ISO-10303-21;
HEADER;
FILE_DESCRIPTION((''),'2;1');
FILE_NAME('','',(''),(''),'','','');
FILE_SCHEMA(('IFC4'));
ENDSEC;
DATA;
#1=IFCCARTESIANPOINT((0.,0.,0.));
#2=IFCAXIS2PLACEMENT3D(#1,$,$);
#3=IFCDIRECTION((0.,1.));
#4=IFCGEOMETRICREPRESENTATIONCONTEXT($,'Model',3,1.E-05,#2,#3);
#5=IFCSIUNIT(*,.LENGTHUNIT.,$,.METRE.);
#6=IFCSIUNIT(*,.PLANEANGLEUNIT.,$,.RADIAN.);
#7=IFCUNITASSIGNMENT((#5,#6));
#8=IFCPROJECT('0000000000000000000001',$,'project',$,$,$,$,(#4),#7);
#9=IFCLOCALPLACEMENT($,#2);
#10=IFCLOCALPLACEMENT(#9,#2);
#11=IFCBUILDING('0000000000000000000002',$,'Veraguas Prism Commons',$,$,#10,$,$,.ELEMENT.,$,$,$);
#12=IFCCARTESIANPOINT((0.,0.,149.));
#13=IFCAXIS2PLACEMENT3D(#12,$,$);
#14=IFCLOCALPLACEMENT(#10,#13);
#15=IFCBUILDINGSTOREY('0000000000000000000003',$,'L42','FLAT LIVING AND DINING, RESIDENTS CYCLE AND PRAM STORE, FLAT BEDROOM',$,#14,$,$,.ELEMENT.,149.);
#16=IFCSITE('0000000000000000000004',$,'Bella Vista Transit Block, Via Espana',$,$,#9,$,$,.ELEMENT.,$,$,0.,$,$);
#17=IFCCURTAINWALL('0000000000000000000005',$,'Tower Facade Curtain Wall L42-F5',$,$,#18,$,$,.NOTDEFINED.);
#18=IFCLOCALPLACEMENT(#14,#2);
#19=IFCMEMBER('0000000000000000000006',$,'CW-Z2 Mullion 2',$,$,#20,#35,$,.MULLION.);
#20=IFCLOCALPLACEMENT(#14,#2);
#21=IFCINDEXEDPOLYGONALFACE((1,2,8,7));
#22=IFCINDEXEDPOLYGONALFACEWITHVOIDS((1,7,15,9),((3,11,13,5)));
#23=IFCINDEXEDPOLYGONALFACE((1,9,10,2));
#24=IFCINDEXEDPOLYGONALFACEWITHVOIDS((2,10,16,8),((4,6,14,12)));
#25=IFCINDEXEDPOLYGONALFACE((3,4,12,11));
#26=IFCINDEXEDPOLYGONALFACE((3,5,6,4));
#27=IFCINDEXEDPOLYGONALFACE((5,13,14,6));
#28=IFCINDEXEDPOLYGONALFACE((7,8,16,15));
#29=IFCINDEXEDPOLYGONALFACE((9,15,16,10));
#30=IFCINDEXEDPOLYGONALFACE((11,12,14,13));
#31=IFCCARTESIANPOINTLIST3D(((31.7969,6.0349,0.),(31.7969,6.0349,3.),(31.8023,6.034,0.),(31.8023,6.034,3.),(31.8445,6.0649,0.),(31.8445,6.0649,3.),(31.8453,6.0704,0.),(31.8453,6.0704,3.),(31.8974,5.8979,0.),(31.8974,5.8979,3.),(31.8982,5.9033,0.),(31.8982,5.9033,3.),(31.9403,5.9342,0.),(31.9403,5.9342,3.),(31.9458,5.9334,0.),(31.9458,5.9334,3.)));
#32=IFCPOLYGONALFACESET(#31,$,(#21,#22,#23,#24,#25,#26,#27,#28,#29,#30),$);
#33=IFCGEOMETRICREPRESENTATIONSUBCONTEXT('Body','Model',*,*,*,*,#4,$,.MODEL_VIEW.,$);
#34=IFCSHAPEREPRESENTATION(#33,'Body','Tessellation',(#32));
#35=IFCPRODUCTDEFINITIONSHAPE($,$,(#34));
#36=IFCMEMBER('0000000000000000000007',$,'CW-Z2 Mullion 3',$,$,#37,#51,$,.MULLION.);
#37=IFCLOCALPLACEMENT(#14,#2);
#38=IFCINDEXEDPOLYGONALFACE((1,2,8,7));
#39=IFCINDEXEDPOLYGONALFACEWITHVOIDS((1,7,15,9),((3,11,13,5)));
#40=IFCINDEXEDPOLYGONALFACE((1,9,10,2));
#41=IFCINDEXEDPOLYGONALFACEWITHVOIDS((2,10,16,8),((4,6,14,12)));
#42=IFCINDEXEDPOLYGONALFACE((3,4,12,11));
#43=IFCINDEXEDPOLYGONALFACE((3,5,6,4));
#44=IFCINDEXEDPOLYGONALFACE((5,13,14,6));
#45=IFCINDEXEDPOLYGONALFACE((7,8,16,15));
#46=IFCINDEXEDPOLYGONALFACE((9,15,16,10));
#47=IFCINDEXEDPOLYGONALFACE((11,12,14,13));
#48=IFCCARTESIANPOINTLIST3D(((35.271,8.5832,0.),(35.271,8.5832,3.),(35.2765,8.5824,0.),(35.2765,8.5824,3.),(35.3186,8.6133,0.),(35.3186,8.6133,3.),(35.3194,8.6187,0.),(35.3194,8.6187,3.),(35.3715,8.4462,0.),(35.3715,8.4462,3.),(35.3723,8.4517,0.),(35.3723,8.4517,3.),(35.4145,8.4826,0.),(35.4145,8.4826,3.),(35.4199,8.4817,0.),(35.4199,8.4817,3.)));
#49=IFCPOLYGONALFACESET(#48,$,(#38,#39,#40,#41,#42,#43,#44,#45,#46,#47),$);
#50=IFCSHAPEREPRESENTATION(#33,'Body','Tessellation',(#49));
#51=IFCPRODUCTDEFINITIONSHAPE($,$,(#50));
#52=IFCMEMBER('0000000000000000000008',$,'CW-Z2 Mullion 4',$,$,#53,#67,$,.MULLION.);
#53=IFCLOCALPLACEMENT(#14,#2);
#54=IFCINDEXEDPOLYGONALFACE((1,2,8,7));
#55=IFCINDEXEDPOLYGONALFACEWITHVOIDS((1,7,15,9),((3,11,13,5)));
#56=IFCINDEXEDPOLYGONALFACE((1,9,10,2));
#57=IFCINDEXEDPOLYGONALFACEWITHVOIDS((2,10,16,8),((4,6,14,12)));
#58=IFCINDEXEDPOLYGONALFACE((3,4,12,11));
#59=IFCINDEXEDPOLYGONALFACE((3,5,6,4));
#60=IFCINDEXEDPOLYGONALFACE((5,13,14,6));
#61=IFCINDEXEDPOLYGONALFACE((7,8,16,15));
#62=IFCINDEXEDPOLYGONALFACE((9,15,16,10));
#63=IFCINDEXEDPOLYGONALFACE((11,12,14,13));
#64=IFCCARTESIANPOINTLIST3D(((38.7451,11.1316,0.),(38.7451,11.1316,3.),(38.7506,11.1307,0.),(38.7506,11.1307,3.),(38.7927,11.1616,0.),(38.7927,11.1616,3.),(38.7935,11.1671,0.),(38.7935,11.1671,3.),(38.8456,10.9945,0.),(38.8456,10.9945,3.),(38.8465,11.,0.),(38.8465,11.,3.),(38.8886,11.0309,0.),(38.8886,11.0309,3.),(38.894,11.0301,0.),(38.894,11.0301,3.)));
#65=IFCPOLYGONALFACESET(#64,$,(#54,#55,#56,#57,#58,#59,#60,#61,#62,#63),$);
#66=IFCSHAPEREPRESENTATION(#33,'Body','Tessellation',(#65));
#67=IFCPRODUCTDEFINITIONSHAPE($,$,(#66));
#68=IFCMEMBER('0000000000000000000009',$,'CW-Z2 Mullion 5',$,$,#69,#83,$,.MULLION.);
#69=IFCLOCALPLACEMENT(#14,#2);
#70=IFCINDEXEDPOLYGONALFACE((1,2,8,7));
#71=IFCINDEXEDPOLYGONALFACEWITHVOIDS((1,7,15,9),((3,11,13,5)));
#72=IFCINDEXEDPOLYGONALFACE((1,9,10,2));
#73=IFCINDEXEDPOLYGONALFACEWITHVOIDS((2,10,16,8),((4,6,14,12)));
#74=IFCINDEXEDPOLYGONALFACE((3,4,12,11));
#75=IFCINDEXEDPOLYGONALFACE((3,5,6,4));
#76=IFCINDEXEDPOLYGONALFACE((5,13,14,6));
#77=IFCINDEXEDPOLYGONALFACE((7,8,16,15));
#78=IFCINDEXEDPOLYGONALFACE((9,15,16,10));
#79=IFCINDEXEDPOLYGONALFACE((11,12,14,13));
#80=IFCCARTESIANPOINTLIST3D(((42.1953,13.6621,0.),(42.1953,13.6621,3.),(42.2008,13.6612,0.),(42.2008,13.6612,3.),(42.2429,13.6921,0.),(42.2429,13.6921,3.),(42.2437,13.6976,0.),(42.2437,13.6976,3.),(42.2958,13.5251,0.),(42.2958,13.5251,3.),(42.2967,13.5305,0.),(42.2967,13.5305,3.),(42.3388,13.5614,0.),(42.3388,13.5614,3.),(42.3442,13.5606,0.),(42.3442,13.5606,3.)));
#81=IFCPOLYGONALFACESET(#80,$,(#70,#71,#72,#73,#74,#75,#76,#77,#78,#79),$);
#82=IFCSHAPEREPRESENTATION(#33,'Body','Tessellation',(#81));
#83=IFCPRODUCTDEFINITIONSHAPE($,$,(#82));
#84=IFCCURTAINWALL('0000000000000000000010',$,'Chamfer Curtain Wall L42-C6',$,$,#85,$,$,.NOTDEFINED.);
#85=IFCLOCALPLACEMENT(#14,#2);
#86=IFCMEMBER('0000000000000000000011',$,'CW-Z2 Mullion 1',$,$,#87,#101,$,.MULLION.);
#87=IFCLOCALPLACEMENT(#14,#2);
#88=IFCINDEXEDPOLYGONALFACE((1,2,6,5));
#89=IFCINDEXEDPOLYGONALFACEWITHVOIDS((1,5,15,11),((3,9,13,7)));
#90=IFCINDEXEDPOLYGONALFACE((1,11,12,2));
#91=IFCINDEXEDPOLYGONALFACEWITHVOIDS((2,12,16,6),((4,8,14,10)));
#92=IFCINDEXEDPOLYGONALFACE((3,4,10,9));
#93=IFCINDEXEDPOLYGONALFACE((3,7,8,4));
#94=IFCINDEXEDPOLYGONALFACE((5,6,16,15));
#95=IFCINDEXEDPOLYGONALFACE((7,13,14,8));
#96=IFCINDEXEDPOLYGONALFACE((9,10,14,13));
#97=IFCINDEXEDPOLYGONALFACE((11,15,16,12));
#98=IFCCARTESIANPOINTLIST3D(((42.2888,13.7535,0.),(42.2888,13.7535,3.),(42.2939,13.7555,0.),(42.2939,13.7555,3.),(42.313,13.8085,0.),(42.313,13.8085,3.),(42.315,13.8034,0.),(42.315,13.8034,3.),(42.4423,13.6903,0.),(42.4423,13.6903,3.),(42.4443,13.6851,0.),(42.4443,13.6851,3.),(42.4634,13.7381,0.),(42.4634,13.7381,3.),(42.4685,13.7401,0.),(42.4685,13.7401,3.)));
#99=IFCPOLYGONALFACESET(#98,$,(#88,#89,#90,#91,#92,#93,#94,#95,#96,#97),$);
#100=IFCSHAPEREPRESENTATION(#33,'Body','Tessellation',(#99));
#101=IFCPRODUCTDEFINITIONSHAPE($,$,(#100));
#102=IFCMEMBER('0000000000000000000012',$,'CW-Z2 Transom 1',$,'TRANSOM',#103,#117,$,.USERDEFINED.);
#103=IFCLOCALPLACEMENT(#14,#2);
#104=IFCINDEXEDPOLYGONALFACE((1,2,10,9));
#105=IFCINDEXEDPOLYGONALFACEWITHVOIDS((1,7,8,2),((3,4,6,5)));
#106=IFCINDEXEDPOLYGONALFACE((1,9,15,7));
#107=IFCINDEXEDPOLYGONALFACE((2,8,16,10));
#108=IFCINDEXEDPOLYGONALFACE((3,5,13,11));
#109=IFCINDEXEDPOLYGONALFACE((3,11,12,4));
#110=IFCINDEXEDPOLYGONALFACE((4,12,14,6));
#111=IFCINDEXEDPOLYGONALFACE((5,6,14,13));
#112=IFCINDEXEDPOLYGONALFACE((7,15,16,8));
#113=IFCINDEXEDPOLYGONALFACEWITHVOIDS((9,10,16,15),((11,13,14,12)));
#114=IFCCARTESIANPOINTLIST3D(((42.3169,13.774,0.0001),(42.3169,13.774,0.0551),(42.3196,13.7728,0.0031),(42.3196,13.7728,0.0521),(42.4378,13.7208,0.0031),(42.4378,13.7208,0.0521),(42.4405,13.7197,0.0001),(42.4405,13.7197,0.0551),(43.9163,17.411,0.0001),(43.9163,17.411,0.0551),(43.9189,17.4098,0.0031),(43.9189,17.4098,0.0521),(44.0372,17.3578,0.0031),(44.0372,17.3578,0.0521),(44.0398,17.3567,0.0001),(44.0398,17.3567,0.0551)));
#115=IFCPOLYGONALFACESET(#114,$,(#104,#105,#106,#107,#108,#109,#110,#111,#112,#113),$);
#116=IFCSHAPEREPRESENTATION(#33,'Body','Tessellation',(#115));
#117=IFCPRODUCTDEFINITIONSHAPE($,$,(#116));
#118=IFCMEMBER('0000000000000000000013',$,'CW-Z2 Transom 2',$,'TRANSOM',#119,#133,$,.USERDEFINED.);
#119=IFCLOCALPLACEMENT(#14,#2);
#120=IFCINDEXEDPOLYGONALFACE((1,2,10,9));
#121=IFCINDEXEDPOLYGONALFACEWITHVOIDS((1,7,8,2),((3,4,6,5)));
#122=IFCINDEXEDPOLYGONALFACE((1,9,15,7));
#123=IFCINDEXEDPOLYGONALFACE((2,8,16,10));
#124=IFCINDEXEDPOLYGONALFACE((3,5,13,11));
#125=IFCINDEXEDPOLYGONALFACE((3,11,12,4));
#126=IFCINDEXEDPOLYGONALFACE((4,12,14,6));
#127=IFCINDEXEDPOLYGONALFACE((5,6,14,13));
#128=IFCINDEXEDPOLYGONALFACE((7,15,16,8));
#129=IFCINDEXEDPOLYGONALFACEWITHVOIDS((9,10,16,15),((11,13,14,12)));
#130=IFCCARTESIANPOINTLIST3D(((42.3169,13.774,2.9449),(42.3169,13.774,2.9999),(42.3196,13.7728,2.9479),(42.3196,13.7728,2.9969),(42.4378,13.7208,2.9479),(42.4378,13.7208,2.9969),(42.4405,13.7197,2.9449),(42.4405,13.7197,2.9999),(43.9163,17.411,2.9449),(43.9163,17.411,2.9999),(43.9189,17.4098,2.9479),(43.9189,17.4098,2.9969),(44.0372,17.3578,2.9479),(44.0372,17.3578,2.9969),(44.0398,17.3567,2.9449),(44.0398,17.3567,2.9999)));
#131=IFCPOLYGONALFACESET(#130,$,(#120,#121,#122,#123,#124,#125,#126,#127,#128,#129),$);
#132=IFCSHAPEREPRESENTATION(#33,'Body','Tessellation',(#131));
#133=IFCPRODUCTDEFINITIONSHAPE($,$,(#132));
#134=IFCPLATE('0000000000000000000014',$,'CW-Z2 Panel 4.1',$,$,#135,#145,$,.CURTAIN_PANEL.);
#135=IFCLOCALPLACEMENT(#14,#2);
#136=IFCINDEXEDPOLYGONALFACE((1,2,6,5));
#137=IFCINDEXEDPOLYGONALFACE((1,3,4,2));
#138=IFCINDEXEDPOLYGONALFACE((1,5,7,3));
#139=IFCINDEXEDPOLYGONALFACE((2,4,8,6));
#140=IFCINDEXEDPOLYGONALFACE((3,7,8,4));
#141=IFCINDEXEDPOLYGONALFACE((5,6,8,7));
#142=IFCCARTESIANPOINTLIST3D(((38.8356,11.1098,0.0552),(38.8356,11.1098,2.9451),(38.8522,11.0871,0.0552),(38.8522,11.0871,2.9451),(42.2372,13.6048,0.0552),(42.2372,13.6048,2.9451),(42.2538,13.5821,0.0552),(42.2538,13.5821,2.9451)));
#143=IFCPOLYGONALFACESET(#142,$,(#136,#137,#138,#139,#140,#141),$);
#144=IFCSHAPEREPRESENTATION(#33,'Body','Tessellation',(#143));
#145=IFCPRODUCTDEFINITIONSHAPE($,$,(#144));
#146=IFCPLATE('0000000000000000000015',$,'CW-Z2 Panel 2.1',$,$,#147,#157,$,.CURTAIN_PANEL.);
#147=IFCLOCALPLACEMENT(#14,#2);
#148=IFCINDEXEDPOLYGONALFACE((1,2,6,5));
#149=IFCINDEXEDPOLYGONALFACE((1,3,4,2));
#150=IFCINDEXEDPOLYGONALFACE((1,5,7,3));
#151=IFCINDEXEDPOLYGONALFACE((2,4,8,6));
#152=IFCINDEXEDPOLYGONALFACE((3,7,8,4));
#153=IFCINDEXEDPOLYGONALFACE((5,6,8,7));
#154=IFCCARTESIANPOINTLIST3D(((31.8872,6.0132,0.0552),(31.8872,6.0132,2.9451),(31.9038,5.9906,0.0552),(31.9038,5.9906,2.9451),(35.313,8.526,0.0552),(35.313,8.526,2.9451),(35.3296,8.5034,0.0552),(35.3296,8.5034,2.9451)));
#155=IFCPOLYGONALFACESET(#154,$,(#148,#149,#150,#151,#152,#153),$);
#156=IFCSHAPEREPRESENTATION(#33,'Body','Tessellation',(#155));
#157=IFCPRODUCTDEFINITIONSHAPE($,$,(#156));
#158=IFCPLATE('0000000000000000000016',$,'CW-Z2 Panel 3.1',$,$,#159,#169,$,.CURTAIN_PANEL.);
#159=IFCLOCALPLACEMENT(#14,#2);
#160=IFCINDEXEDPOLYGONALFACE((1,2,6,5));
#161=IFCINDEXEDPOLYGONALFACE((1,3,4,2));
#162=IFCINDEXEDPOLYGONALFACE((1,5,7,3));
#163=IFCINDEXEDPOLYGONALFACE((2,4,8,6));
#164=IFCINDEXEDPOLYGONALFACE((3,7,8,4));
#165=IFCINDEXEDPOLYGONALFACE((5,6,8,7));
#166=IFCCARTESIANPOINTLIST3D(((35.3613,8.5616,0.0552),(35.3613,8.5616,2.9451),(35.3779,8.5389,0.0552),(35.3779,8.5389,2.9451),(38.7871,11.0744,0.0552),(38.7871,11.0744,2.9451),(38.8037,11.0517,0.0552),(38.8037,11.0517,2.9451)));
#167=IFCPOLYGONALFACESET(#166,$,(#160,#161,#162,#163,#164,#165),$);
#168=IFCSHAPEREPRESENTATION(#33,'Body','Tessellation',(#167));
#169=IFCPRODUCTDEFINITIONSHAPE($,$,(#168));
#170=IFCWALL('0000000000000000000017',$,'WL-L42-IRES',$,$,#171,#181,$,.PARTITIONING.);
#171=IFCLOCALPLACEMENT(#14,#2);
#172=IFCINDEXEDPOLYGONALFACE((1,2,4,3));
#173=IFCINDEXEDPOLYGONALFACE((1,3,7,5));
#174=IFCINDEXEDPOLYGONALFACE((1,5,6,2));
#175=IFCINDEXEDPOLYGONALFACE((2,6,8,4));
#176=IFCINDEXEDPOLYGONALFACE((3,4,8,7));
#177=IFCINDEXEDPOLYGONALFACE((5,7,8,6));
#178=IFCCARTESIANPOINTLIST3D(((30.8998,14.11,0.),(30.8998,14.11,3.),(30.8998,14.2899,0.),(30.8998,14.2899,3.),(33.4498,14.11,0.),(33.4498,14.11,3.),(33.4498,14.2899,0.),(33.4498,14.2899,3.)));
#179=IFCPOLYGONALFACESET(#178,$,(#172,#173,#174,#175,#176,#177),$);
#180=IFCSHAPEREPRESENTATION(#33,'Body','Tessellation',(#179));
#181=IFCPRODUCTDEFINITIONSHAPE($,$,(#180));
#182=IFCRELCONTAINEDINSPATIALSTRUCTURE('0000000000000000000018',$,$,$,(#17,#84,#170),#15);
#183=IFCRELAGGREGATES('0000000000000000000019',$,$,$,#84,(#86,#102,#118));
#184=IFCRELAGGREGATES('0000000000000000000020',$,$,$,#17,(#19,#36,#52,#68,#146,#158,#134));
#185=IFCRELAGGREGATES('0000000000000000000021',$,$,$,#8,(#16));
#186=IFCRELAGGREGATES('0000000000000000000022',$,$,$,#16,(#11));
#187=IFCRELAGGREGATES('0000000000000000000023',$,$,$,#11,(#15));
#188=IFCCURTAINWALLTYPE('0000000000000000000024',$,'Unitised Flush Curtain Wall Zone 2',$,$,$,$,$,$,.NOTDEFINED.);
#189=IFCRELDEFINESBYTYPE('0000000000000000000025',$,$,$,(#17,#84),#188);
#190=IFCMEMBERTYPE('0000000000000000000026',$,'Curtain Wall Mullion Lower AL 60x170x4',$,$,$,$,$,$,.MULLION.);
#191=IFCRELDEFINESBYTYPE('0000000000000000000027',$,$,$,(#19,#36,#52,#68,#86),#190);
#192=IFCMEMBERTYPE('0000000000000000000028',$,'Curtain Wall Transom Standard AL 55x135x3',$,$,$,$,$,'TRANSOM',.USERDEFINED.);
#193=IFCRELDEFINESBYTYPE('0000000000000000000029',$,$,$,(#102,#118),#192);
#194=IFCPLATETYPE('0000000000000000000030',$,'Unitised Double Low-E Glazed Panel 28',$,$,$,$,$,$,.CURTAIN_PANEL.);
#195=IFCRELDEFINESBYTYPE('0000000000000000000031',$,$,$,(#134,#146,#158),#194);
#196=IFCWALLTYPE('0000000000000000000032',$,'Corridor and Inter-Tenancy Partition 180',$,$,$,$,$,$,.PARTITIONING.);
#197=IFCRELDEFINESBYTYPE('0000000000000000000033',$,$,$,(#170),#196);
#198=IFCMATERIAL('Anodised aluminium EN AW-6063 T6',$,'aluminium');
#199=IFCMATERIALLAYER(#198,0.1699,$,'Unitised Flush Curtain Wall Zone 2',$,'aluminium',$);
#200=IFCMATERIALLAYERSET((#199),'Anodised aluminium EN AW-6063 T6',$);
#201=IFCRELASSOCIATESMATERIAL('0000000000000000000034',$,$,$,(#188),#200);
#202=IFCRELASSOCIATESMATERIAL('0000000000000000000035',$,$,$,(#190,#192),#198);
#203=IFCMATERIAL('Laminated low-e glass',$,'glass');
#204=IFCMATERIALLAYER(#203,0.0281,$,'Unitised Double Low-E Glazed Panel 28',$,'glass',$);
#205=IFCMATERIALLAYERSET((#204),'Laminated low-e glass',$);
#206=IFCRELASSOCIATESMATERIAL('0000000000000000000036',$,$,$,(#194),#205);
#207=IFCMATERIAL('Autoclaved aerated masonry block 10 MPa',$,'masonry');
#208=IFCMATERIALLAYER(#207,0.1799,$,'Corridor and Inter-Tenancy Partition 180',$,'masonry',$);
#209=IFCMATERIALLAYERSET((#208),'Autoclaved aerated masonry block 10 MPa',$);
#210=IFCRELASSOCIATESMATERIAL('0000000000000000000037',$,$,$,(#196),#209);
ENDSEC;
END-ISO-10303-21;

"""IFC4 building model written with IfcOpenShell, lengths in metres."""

from ifc_helpers import new_model, si_unit, direction, frame, frame_2d, origin, origin_2d, place, context, subcontext, project, spatial, rectangle, hollow_rectangle, extrude, source, transform, mapped, material, layer, layer_set, material_profile, profile_set, type_object, element, aggregate, save


model = new_model("IFC4")

# Units and contexts
model_context = context("Model", 3, precision=1e-05, world=origin(), true_north=direction((0.0, 1.0)))
body_context = subcontext(model_context, "Body", "Model", "MODEL_VIEW")
ifc_project = project(units=[si_unit("LENGTHUNIT", "METRE"), si_unit("PLANEANGLEUNIT", "RADIAN")], contexts=[model_context])

# Site, building, storey
site_placement = place(None, origin())
site = spatial("IfcSite", under=ifc_project, at=site_placement, Name="Bella Vista Transit Block, Via Espana", CompositionType="ELEMENT", RefElevation=0.0)
building_placement = place(site_placement, origin())
building = spatial("IfcBuilding", under=site, at=building_placement, Name="Veraguas Prism Commons", CompositionType="ELEMENT")
storey_placement = place(building_placement, frame((0.0, 0.0, 149.0)))
storey = spatial("IfcBuildingStorey", under=building, at=storey_placement, Name="L42", Description="FLAT LIVING AND DINING, RESIDENTS CYCLE AND PRAM STORE, FLAT BEDROOM", CompositionType="ELEMENT", Elevation=149.0)

# Curtain walls, members
ifc_material_1 = material(Name="Anodised aluminium EN AW-6063 T6", Category="aluminium")
ifc_layer_1 = layer(ifc_material_1, 0.1699, Name="Unitised Flush Curtain Wall Zone 2", Category="aluminium")
ifc_layer_set_1 = layer_set([ifc_layer_1], Name="Anodised aluminium EN AW-6063 T6")
curtain_wall_type = type_object("IfcCurtainWallType", Name="Unitised Flush Curtain Wall Zone 2", PredefinedType="NOTDEFINED", material=ifc_layer_set_1)
curtain_wall_1_placement = place(storey_placement, origin())
curtain_wall_1 = element("IfcCurtainWall", 1, at=curtain_wall_1_placement, inside=storey, type_object=curtain_wall_type, Name="Tower Facade Curtain Wall L42-F5", PredefinedType="NOTDEFINED")
ifc_material_profile_1 = material_profile(ifc_material_1, hollow_rectangle(XDim=0.0601, YDim=0.1699, WallThickness=0.0039, at=origin_2d()), Name="AL60X170X4")
ifc_profile_set_1 = profile_set([ifc_material_profile_1], Name="Anodised aluminium EN AW-6063 T6")
member_type_1 = type_object("IfcMemberType", Name="Curtain Wall Mullion Lower AL 60x170x4", PredefinedType="MULLION", material=ifc_profile_set_1)
shared_shape_1 = source(origin(), body_context, "Body", "SweptSolid", [
    extrude(hollow_rectangle(XDim=0.0601, YDim=0.1699, WallThickness=0.0039, at=origin_2d()), origin(), (0.0, 0.0, 1.0), 3.0),
])
member_1_placement = place(storey_placement, frame((31.8713, 5.9841, 0.0), z_axis=(0.0, 0.0, 1.0), x_axis=(0.806343, 0.591448, 0.0)))
member_1 = element("IfcMember", 2, at=member_1_placement, type_object=member_type_1, Name="CW-Z2 Mullion 2", PredefinedType="MULLION", context=body_context, shape_type="MappedRepresentation", body=[
    mapped(shared_shape_1, transform((0.0, 0.0, 0.0), scale=1.0)),
])
member_2_placement = place(storey_placement, frame((35.3455, 8.5325, 0.0), z_axis=(0.0, 0.0, 1.0), x_axis=(0.806343, 0.591448, 0.0)))
member_2 = element("IfcMember", 3, at=member_2_placement, type_object=member_type_1, Name="CW-Z2 Mullion 3", PredefinedType="MULLION", context=body_context, shape_type="MappedRepresentation", body=[
    mapped(shared_shape_1, transform((0.0, 0.0, 0.0), scale=1.0)),
])
member_3_placement = place(storey_placement, frame((38.8196, 11.0808, 0.0), z_axis=(0.0, 0.0, 1.0), x_axis=(0.806343, 0.591448, 0.0)))
member_3 = element("IfcMember", 4, at=member_3_placement, type_object=member_type_1, Name="CW-Z2 Mullion 4", PredefinedType="MULLION", context=body_context, shape_type="MappedRepresentation", body=[
    mapped(shared_shape_1, transform((0.0, 0.0, 0.0), scale=1.0)),
])
member_4_placement = place(storey_placement, frame((42.2698, 13.6113, 0.0), z_axis=(0.0, 0.0, 1.0), x_axis=(0.806343, 0.591448, 0.0)))
member_4 = element("IfcMember", 5, at=member_4_placement, type_object=member_type_1, Name="CW-Z2 Mullion 5", PredefinedType="MULLION", context=body_context, shape_type="MappedRepresentation", body=[
    mapped(shared_shape_1, transform((0.0, 0.0, 0.0), scale=1.0)),
])
curtain_wall_2_placement = place(storey_placement, origin())
curtain_wall_2 = element("IfcCurtainWall", 6, at=curtain_wall_2_placement, inside=storey, type_object=curtain_wall_type, Name="Chamfer Curtain Wall L42-C6", PredefinedType="NOTDEFINED")
member_5_placement = place(storey_placement, frame((42.3787, 13.7468, 0.0), z_axis=(0.0, 0.0, 1.0), x_axis=(0.402544, 0.915401, 0.0)))
member_5 = element("IfcMember", 7, at=member_5_placement, type_object=member_type_1, Name="CW-Z2 Mullion 1", PredefinedType="MULLION", context=body_context, shape_type="MappedRepresentation", body=[
    mapped(shared_shape_1, transform((0.0, 0.0, 0.0), scale=1.0)),
])
ifc_material_profile_2 = material_profile(ifc_material_1, hollow_rectangle(XDim=0.0549, YDim=0.135, WallThickness=0.0029, at=origin_2d()), Name="AL55X135X3")
ifc_profile_set_2 = profile_set([ifc_material_profile_2], Name="Anodised aluminium EN AW-6063 T6")
member_type_2 = type_object("IfcMemberType", Name="Curtain Wall Transom Standard AL 55x135x3", ElementType="TRANSOM", PredefinedType="USERDEFINED", material=ifc_profile_set_2)
shared_shape_2 = source(origin(), body_context, "Body", "SweptSolid", [
    extrude(hollow_rectangle(XDim=0.0549, YDim=0.135, WallThickness=0.0029, at=origin_2d()), origin(), (0.0, 0.0, 1.0), 3.9731),
])
member_6_placement = place(storey_placement, frame((42.3787, 13.7468, 0.0276), z_axis=(0.402549, 0.915398, 0.0), x_axis=(0.0, 0.0, 1.0)))
member_6 = element("IfcMember", 8, at=member_6_placement, type_object=member_type_2, Name="CW-Z2 Transom 1", ObjectType="TRANSOM", PredefinedType="USERDEFINED", context=body_context, shape_type="MappedRepresentation", body=[
    mapped(shared_shape_2, transform((0.0, 0.0, 0.0), scale=1.0)),
])
member_7_placement = place(storey_placement, frame((42.3787, 13.7468, 2.9724), z_axis=(0.402549, 0.915398, 0.0), x_axis=(0.0, 0.0, 1.0)))
member_7 = element("IfcMember", 9, at=member_7_placement, type_object=member_type_2, Name="CW-Z2 Transom 2", ObjectType="TRANSOM", PredefinedType="USERDEFINED", context=body_context, shape_type="MappedRepresentation", body=[
    mapped(shared_shape_2, transform((0.0, 0.0, 0.0), scale=1.0)),
])
aggregate(curtain_wall_2, [member_5, member_6, member_7])

# Plates
ifc_material_2 = material(Name="Laminated low-e glass", Category="glass")
ifc_layer_2 = layer(ifc_material_2, 0.0281, Name="Unitised Double Low-E Glazed Panel 28", Category="glass")
ifc_layer_set_2 = layer_set([ifc_layer_2], Name="Laminated low-e glass")
plate_type = type_object("IfcPlateType", Name="Unitised Double Low-E Glazed Panel 28", PredefinedType="CURTAIN_PANEL", material=ifc_layer_set_2)
shared_shape_3 = source(origin(), body_context, "Body", "SweptSolid", [
    extrude(rectangle(XDim=4.2185, YDim=0.0281, at=origin_2d()), origin(), (0.0, 0.0, 1.0), 2.8899),
])
plate_1_placement = place(storey_placement, frame((40.5447, 12.3459, 0.0552), z_axis=(0.0, 0.0, 1.0), x_axis=(0.806343, 0.591448, 0.0)))
plate_1 = element("IfcPlate", 10, at=plate_1_placement, type_object=plate_type, Name="CW-Z2 Panel 4.1", PredefinedType="CURTAIN_PANEL", context=body_context, shape_type="MappedRepresentation", body=[
    mapped(shared_shape_3, transform((0.0, 0.0, 0.0), scale=1.0)),
])
shared_shape_4 = source(origin(), body_context, "Body", "SweptSolid", [
    extrude(rectangle(XDim=4.2485, YDim=0.0281, at=origin_2d()), origin(), (0.0, 0.0, 1.0), 2.8899),
])
plate_2_placement = place(storey_placement, frame((33.6084, 7.2583, 0.0552), z_axis=(0.0, 0.0, 1.0), x_axis=(0.806343, 0.591448, 0.0)))
plate_2 = element("IfcPlate", 11, at=plate_2_placement, type_object=plate_type, Name="CW-Z2 Panel 2.1", PredefinedType="CURTAIN_PANEL", context=body_context, shape_type="MappedRepresentation", body=[
    mapped(shared_shape_4, transform((0.0, 0.0, 0.0), scale=1.0)),
])
plate_3_placement = place(storey_placement, frame((37.0825, 9.8066, 0.0552), z_axis=(0.0, 0.0, 1.0), x_axis=(0.806343, 0.591448, 0.0)))
plate_3 = element("IfcPlate", 12, at=plate_3_placement, type_object=plate_type, Name="CW-Z2 Panel 3.1", PredefinedType="CURTAIN_PANEL", context=body_context, shape_type="MappedRepresentation", body=[
    mapped(shared_shape_4, transform((0.0, 0.0, 0.0), scale=1.0)),
])
aggregate(curtain_wall_1, [member_1, member_2, member_3, member_4, plate_2, plate_3, plate_1])

# Wall
ifc_material_3 = material(Name="Autoclaved aerated masonry block 10 MPa", Category="masonry")
ifc_layer_3 = layer(ifc_material_3, 0.1799, Name="Corridor and Inter-Tenancy Partition 180", Category="masonry")
ifc_layer_set_3 = layer_set([ifc_layer_3], Name="Autoclaved aerated masonry block 10 MPa")
wall_type_1 = type_object("IfcWallType", Name="Corridor and Inter-Tenancy Partition 180", PredefinedType="PARTITIONING", material=ifc_layer_set_3)
wall_1_placement = place(storey_placement, frame((30.8999, 14.2, 0.0), z_axis=(0.0, 0.0, 1.0), x_axis=(1.0, 0.0, 0.0)))
element("IfcWall", 13, at=wall_1_placement, inside=storey, type_object=wall_type_1, Name="WL-L42-IRES", PredefinedType="PARTITIONING", context=body_context, shape_type="SweptSolid", body=[
    extrude(rectangle(XDim=2.55, YDim=0.1799, at=frame_2d((1.2749, 0.0))), origin(), (0.0, 0.0, 1.0), 3.0),
])

save(model, "model.ifc")
